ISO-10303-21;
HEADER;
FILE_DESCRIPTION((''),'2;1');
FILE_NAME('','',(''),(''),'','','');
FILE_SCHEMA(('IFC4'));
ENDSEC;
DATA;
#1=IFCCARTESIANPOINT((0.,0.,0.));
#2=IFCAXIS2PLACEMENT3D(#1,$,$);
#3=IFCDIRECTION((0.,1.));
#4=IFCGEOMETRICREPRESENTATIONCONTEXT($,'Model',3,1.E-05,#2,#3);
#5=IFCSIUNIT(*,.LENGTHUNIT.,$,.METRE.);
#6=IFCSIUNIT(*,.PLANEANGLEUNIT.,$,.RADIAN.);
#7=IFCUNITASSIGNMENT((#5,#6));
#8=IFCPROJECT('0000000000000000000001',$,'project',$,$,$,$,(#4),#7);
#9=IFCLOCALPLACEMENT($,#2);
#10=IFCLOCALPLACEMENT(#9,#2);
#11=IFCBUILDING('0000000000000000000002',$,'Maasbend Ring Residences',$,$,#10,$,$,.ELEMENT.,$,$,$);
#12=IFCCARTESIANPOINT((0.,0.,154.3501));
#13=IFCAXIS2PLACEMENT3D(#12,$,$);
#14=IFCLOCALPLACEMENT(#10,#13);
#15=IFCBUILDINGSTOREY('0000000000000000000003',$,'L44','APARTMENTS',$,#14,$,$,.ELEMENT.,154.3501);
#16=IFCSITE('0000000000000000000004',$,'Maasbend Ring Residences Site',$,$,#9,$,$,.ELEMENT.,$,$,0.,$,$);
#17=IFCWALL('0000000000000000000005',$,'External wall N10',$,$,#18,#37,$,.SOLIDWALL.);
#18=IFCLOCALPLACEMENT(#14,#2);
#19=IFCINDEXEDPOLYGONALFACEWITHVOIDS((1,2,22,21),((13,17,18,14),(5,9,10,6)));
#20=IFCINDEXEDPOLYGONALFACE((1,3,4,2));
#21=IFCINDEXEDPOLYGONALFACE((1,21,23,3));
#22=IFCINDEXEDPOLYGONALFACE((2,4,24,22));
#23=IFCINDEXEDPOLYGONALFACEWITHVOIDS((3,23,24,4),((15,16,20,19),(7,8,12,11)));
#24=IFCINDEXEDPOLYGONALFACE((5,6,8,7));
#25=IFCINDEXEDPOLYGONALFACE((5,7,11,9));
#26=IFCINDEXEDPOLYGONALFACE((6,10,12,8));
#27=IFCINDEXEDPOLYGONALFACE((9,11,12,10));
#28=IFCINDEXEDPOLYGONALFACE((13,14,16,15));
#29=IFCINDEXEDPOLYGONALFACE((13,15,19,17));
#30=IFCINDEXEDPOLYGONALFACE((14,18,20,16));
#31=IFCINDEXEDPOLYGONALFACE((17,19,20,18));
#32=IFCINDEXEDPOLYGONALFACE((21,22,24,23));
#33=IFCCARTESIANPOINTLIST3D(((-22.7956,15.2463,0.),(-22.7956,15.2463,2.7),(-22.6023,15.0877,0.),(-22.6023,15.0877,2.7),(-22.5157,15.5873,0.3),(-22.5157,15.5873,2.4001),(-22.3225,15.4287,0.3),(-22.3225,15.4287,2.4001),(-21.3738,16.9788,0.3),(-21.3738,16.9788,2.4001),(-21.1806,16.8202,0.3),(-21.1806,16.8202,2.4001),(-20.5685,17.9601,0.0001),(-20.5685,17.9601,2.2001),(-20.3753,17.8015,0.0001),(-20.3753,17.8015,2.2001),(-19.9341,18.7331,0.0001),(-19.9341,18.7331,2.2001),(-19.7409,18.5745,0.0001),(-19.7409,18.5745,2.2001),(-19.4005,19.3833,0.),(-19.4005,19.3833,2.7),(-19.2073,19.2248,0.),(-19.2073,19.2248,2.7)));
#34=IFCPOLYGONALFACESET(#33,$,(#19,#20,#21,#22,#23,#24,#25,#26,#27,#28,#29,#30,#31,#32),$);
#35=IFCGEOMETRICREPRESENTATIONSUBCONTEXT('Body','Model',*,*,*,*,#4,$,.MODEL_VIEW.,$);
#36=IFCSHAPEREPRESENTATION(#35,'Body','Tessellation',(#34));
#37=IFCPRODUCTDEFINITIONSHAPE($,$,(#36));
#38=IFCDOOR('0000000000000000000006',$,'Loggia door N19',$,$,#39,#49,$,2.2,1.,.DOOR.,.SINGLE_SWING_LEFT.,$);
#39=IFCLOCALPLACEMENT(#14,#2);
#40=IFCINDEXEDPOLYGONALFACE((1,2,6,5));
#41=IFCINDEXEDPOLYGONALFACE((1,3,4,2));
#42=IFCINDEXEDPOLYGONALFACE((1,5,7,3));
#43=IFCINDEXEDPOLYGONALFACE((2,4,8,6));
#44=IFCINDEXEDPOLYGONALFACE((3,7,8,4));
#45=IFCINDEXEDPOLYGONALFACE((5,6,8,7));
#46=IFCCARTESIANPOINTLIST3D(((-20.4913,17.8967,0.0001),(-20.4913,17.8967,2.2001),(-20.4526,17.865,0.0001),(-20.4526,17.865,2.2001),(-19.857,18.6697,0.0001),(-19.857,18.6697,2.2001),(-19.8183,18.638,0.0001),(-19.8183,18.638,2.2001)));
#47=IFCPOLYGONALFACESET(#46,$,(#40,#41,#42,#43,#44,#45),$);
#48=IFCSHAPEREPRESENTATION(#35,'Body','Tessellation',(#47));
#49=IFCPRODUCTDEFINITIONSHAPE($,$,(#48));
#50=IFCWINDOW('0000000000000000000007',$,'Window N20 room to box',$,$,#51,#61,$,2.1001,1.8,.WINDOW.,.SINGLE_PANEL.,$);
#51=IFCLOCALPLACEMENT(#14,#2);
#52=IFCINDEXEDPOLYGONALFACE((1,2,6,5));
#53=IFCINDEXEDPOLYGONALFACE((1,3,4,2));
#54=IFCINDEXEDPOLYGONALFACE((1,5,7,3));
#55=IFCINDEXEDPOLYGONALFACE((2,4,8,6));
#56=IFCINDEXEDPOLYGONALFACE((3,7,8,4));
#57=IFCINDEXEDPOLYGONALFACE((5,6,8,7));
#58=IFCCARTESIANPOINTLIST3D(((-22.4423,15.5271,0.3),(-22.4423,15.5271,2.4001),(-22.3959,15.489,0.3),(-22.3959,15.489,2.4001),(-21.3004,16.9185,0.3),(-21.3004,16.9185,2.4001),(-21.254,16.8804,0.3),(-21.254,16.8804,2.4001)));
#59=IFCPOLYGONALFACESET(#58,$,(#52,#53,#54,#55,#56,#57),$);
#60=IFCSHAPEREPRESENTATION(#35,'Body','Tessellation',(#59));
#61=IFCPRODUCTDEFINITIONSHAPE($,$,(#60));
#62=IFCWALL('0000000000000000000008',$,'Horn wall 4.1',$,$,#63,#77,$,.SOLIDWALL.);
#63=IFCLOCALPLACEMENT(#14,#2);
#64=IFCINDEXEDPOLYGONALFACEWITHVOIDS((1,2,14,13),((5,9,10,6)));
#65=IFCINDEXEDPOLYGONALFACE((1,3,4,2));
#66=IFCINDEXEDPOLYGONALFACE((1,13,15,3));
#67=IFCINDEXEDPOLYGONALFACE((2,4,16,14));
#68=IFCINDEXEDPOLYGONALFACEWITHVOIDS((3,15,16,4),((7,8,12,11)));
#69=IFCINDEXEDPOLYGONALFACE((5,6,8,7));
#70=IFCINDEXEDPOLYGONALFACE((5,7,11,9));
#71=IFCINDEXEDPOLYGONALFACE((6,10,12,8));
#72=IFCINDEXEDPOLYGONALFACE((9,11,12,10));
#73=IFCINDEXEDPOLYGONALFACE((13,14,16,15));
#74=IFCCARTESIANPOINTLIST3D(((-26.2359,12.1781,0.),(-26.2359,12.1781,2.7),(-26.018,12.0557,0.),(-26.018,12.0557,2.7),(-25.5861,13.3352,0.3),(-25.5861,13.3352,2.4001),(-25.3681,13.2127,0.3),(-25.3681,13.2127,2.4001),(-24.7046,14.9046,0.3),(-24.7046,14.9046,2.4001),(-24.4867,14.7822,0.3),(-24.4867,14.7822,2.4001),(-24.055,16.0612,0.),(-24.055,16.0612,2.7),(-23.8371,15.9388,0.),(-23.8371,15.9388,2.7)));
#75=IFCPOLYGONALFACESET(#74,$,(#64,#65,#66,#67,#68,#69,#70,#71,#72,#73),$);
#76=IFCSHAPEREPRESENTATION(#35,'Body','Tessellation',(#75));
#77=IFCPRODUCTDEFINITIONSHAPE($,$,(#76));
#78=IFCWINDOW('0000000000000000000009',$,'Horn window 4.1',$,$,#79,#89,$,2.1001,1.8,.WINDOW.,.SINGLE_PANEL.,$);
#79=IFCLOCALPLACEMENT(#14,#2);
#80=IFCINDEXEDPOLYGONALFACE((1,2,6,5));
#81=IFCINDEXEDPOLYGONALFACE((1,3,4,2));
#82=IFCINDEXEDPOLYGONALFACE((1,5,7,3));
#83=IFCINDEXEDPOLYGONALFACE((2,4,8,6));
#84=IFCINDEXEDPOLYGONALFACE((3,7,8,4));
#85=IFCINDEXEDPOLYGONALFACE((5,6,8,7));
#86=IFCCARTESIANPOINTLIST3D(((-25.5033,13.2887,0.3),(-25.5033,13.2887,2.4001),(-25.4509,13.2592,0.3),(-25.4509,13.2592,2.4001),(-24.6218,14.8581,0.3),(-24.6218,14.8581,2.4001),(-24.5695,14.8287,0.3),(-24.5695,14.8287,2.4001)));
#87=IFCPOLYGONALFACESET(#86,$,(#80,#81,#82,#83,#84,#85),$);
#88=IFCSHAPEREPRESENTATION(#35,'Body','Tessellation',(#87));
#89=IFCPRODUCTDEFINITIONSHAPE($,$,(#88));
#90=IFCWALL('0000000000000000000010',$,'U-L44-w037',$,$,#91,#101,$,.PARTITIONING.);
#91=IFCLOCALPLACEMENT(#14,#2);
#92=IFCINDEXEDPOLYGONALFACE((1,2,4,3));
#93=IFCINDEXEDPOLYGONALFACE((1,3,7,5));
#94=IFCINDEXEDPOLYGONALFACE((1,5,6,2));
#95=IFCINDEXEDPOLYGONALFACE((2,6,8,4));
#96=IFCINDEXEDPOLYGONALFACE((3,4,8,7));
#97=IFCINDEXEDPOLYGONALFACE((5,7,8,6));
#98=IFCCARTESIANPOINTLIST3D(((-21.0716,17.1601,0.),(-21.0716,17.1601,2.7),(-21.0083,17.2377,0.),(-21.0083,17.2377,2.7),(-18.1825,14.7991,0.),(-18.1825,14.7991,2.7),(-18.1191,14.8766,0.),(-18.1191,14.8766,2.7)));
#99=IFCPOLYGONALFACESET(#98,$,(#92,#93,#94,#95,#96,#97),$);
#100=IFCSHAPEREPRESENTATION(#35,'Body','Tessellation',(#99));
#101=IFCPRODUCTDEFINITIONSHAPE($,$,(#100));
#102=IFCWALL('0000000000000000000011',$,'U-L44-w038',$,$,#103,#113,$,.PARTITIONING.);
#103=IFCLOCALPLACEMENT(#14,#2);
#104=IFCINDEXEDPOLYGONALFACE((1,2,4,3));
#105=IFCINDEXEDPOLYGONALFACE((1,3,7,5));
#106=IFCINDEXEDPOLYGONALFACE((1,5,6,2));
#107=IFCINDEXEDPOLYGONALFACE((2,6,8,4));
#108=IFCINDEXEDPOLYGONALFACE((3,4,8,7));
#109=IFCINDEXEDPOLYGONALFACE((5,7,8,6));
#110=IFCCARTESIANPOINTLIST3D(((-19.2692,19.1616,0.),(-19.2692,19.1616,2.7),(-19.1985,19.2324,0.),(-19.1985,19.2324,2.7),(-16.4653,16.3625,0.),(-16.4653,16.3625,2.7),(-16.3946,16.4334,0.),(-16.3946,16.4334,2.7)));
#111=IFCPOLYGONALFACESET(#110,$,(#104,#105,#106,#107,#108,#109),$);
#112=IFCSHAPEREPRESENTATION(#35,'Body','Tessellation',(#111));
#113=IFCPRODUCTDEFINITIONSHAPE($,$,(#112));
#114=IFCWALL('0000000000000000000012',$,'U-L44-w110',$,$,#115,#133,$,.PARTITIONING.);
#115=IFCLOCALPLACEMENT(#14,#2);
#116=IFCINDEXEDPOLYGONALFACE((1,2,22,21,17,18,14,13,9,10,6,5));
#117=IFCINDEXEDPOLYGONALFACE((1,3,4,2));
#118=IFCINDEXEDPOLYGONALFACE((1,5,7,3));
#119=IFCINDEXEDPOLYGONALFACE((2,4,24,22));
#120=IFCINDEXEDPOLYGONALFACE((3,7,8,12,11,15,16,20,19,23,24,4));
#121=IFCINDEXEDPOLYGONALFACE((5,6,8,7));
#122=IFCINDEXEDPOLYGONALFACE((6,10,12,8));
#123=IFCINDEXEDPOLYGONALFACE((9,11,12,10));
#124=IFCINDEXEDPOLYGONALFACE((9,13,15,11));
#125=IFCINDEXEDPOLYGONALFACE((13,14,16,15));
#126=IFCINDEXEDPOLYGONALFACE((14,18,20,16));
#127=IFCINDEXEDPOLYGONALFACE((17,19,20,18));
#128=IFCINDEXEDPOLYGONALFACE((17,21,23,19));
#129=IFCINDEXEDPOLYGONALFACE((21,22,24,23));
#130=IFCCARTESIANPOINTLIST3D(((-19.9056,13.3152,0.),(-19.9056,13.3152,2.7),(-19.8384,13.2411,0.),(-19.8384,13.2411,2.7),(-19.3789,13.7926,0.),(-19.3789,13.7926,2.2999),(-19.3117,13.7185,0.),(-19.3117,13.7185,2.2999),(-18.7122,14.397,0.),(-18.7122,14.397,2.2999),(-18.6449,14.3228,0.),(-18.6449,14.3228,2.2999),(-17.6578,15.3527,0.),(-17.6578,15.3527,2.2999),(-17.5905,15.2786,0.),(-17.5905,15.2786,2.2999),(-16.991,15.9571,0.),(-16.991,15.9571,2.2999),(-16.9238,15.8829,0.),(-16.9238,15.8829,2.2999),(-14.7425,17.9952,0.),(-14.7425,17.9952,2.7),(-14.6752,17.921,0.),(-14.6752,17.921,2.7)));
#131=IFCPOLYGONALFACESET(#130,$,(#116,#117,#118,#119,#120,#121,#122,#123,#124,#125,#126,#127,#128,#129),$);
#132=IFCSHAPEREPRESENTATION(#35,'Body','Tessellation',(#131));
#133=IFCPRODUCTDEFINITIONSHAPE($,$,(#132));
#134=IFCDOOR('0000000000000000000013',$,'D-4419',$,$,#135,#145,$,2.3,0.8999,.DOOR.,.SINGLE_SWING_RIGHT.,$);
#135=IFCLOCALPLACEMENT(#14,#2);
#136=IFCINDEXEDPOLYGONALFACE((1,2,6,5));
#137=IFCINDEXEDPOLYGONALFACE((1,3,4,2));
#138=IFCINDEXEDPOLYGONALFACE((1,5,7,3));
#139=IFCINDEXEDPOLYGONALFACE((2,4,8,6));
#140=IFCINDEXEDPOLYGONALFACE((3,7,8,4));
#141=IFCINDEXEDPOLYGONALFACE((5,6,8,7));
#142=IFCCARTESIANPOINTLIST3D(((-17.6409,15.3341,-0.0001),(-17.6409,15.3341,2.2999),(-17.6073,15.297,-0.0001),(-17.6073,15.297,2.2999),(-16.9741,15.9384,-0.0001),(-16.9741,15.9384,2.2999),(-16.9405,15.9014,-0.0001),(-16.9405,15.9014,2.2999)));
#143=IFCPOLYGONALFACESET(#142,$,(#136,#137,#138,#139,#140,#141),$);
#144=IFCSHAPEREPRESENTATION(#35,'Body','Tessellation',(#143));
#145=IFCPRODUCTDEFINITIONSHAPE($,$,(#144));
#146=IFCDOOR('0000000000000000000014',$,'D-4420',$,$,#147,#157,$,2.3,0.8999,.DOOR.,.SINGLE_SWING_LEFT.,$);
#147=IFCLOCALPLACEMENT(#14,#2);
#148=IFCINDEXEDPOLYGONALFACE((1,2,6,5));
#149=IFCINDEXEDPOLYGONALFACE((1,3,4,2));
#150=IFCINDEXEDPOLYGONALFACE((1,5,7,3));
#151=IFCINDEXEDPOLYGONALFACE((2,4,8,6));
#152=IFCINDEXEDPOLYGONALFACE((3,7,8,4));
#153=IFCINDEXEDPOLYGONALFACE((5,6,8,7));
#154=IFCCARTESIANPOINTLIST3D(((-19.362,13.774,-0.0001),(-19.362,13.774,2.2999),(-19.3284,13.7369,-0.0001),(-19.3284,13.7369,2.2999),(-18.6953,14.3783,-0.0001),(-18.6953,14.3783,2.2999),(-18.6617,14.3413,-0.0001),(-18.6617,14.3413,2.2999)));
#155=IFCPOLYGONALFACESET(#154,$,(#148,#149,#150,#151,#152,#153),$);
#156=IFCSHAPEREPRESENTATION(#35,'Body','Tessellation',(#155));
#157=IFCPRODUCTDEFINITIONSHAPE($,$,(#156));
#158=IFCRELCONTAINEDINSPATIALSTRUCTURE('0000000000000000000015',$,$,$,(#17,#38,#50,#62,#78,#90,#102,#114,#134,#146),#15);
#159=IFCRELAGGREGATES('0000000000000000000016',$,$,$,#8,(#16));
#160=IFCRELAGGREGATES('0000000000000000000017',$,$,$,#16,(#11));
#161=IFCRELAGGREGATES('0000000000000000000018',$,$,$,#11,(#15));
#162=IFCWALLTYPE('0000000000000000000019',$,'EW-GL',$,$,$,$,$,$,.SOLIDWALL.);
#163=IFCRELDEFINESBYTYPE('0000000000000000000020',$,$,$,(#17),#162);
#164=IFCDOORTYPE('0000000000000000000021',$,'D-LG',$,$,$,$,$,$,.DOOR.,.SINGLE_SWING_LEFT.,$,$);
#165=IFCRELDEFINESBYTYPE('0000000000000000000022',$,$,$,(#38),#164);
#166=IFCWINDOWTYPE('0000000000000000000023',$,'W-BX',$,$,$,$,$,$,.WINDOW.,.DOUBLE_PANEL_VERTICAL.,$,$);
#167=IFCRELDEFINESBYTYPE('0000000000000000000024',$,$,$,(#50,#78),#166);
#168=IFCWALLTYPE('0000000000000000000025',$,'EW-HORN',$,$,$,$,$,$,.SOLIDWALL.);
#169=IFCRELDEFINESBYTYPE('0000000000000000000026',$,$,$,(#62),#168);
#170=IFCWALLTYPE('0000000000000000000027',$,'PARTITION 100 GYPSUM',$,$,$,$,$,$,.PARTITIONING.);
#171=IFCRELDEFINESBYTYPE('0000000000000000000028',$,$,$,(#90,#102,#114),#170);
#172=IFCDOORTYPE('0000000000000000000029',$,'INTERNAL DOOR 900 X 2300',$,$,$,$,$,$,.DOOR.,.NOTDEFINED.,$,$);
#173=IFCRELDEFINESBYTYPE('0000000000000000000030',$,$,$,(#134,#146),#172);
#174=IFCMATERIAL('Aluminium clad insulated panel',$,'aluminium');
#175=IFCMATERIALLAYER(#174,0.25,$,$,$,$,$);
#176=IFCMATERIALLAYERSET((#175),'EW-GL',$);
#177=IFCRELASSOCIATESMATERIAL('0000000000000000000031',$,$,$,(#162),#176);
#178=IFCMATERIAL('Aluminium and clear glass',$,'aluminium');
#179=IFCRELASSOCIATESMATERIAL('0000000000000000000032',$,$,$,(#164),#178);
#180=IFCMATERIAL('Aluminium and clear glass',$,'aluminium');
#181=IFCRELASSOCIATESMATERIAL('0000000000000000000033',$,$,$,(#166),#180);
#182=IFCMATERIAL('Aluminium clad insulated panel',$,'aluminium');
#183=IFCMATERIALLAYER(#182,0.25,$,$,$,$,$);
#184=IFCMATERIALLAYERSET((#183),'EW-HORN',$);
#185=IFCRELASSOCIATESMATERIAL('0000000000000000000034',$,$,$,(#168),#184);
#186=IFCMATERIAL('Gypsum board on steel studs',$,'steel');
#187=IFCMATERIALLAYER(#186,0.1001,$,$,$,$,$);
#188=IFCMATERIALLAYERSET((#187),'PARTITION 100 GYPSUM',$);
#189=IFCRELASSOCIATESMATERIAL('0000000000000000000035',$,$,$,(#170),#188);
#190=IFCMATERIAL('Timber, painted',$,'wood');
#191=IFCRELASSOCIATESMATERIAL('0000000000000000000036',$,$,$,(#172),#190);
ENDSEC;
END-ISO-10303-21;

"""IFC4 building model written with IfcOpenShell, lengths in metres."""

from ifc_helpers import new_model, si_unit, direction, frame, frame_2d, origin, place, context, subcontext, project, spatial, rectangle, extrude, material, layer, layer_set, type_object, element, fill, save


model = new_model("IFC4")

# Units and contexts
model_context = context("Model", 3, precision=1e-05, world=origin(), true_north=direction((0.0, 1.0)))
body_context = subcontext(model_context, "Body", "Model", "MODEL_VIEW")
ifc_project = project(units=[si_unit("LENGTHUNIT", "METRE"), si_unit("PLANEANGLEUNIT", "RADIAN")], contexts=[model_context])

# Site, building, storey
site_placement = place(None, origin())
site = spatial("IfcSite", under=ifc_project, at=site_placement, Name="Maasbend Ring Residences Site", CompositionType="ELEMENT", RefElevation=0.0)
building_placement = place(site_placement, origin())
building = spatial("IfcBuilding", under=site, at=building_placement, Name="Maasbend Ring Residences", CompositionType="ELEMENT")
storey_placement = place(building_placement, frame((0.0, 0.0, 154.3501)))
storey = spatial("IfcBuildingStorey", under=building, at=storey_placement, Name="L44", Description="APARTMENTS", CompositionType="ELEMENT", Elevation=154.3501)

# Wall, openings, door, window
ifc_material_1 = material(Name="Aluminium clad insulated panel", Category="aluminium")
ifc_layer_1 = layer(ifc_material_1, 0.25)
ifc_layer_set_1 = layer_set([ifc_layer_1], Name="EW-GL")
wall_type_1 = type_object("IfcWallType", Name="EW-GL", PredefinedType="SOLIDWALL", material=ifc_layer_set_1)
wall_1_placement = place(storey_placement, frame((-19.304, 19.304, 0.0), z_axis=(0.0, 0.0, 1.0), x_axis=(-0.634382, -0.773019, 0.0)))
wall_1 = element("IfcWall", 1, at=wall_1_placement, inside=storey, type_object=wall_type_1, Name="External wall N10", PredefinedType="SOLIDWALL", context=body_context, shape_type="SweptSolid", body=[
    extrude(rectangle(XDim=5.3518, YDim=0.25, at=frame_2d((2.6758, 0.0))), origin(), (0.0, 0.0, 1.0), 2.7),
])
opening_1_placement = place(wall_1_placement, frame((0.8411, 0.0, 0.0)))
opening_1 = element("IfcOpeningElement", 2, at=opening_1_placement, cuts=wall_1, PredefinedType="OPENING", context=body_context, shape_type="SweptSolid", body=[
    extrude(rectangle(XDim=1.0, YDim=2.2, at=frame_2d((0.5, 1.1001))), frame((0.0, 0.135, 0.0), z_axis=(0.0, -1.0, 0.0), x_axis=(1.0, 0.0, 0.0)), (0.0, 0.0, 1.0), 0.27),
])
opening_2_placement = place(wall_1_placement, frame((3.1106, 0.0, 0.3)))
opening_2 = element("IfcOpeningElement", 3, at=opening_2_placement, cuts=wall_1, PredefinedType="OPENING", context=body_context, shape_type="SweptSolid", body=[
    extrude(rectangle(XDim=1.8, YDim=2.1001, at=frame_2d((0.8999, 1.05))), frame((0.0, 0.135, 0.0), z_axis=(0.0, -1.0, 0.0), x_axis=(1.0, 0.0, 0.0)), (0.0, 0.0, 1.0), 0.27),
])
ifc_material_2 = material(Name="Aluminium and clear glass", Category="aluminium")
door_type_1 = type_object("IfcDoorType", Name="D-LG", OperationType="SINGLE_SWING_LEFT", PredefinedType="DOOR", material=ifc_material_2)
door_1_placement = place(opening_1_placement, origin())
door_1 = element("IfcDoor", 4, at=door_1_placement, inside=storey, type_object=door_type_1, Name="Loggia door N19", OperationType="SINGLE_SWING_LEFT", OverallHeight=2.2, OverallWidth=1.0, PredefinedType="DOOR", context=body_context, shape_type="SweptSolid", body=[
    extrude(rectangle(XDim=1.0, YDim=2.2, at=frame_2d((0.5, 1.1001))), frame((0.0, 0.0249, 0.0), z_axis=(0.0, -1.0, 0.0), x_axis=(1.0, 0.0, 0.0)), (0.0, 0.0, 1.0), 0.05),
])
fill(opening_1, door_1)
ifc_material_3 = material(Name="Aluminium and clear glass", Category="aluminium")
window_type_1 = type_object("IfcWindowType", Name="W-BX", PartitioningType="DOUBLE_PANEL_VERTICAL", PredefinedType="WINDOW", material=ifc_material_3)
window_1_placement = place(opening_2_placement, origin())
window_1 = element("IfcWindow", 5, at=window_1_placement, inside=storey, type_object=window_type_1, Name="Window N20 room to box", OverallHeight=2.1001, OverallWidth=1.8, PartitioningType="SINGLE_PANEL", PredefinedType="WINDOW", context=body_context, shape_type="SweptSolid", body=[
    extrude(rectangle(XDim=1.8, YDim=2.1001, at=frame_2d((0.8999, 1.05))), frame((0.0, 0.03, 0.0), z_axis=(0.0, -1.0, 0.0), x_axis=(1.0, 0.0, 0.0)), (0.0, 0.0, 1.0), 0.0601),
])
fill(opening_2, window_1)

# Wall, opening, window
ifc_material_4 = material(Name="Aluminium clad insulated panel", Category="aluminium")
ifc_layer_2 = layer(ifc_material_4, 0.25)
ifc_layer_set_2 = layer_set([ifc_layer_2], Name="EW-HORN")
wall_type_2 = type_object("IfcWallType", Name="EW-HORN", PredefinedType="SOLIDWALL", material=ifc_layer_set_2)
wall_2_placement = place(storey_placement, frame((-23.946, 16.0, 0.0), z_axis=(0.0, 0.0, 1.0), x_axis=(-0.489696, -0.871893, 0.0)))
wall_2 = element("IfcWall", 6, at=wall_2_placement, inside=storey, type_object=wall_type_2, Name="Horn wall 4.1", PredefinedType="SOLIDWALL", context=body_context, shape_type="SweptSolid", body=[
    extrude(rectangle(XDim=4.4536, YDim=0.25, at=frame_2d((2.2268, 0.0))), origin(), (0.0, 0.0, 1.0), 2.7),
])
opening_3_placement = place(wall_2_placement, frame((1.3267, 0.0, 0.3)))
opening_3 = element("IfcOpeningElement", 7, at=opening_3_placement, cuts=wall_2, PredefinedType="OPENING", context=body_context, shape_type="SweptSolid", body=[
    extrude(rectangle(XDim=1.8, YDim=2.1001, at=frame_2d((0.8999, 1.05))), frame((0.0, 0.135, 0.0), z_axis=(0.0, -1.0, 0.0), x_axis=(1.0, 0.0, 0.0)), (0.0, 0.0, 1.0), 0.27),
])
window_2_placement = place(opening_3_placement, origin())
window_2 = element("IfcWindow", 8, at=window_2_placement, inside=storey, type_object=window_type_1, Name="Horn window 4.1", OverallHeight=2.1001, OverallWidth=1.8, PartitioningType="SINGLE_PANEL", PredefinedType="WINDOW", context=body_context, shape_type="SweptSolid", body=[
    extrude(rectangle(XDim=1.8, YDim=2.1001, at=frame_2d((0.8999, 1.05))), frame((0.0, 0.03, 0.0), z_axis=(0.0, -1.0, 0.0), x_axis=(1.0, 0.0, 0.0)), (0.0, 0.0, 1.0), 0.0601),
])
fill(opening_3, window_2)

# Walls
ifc_material_5 = material(Name="Gypsum board on steel studs", Category="steel")
ifc_layer_3 = layer(ifc_material_5, 0.1001)
ifc_layer_set_3 = layer_set([ifc_layer_3], Name="PARTITION 100 GYPSUM")
wall_type_3 = type_object("IfcWallType", Name="PARTITION 100 GYPSUM", PredefinedType="PARTITIONING", material=ifc_layer_set_3)
wall_3_placement = place(storey_placement, frame((-21.04, 17.199, 0.0), z_axis=(0.0, 0.0, 1.0), x_axis=(0.774322, -0.632792, 0.0)))
element("IfcWall", 9, at=wall_3_placement, inside=storey, type_object=wall_type_3, Name="U-L44-w037", PredefinedType="PARTITIONING", context=body_context, shape_type="SweptSolid", body=[
    extrude(rectangle(XDim=3.7312, YDim=0.1001, at=frame_2d((1.8657, 0.0))), origin(), (0.0, 0.0, 1.0), 2.7),
])
wall_4_placement = place(storey_placement, frame((-19.2339, 19.197, 0.0), z_axis=(0.0, 0.0, 1.0), x_axis=(0.707723, -0.70649, 0.0)))
element("IfcWall", 10, at=wall_4_placement, inside=storey, type_object=wall_type_3, Name="U-L44-w038", PredefinedType="PARTITIONING", context=body_context, shape_type="SweptSolid", body=[
    extrude(rectangle(XDim=3.9619, YDim=0.1001, at=frame_2d((1.981, 0.0))), origin(), (0.0, 0.0, 1.0), 2.7),
])

# Wall, openings, doors
wall_5_placement = place(storey_placement, frame((-19.8721, 13.2781, 0.0), z_axis=(0.0, 0.0, 1.0), x_axis=(0.740924, 0.671589, 0.0)))
wall_5 = element("IfcWall", 11, at=wall_5_placement, inside=storey, type_object=wall_type_3, Name="U-L44-w110", PredefinedType="PARTITIONING", context=body_context, shape_type="SweptSolid", body=[
    extrude(rectangle(XDim=6.9685, YDim=0.1001, at=frame_2d((3.4844, 0.0))), origin(), (0.0, 0.0, 1.0), 2.7),
])
opening_4_placement = place(wall_5_placement, frame((3.0339, 0.0, 0.0)))
opening_4 = element("IfcOpeningElement", 12, at=opening_4_placement, cuts=wall_5, PredefinedType="OPENING", context=body_context, shape_type="SweptSolid", body=[
    extrude(rectangle(XDim=0.8999, YDim=2.3, at=frame_2d((0.45, 1.1499))), frame((0.0, 0.0601, 0.0), z_axis=(0.0, -1.0, 0.0), x_axis=(1.0, 0.0, 0.0)), (0.0, 0.0, 1.0), 0.1201),
])
opening_5_placement = place(wall_5_placement, frame((0.7109, 0.0, 0.0)))
opening_5 = element("IfcOpeningElement", 13, at=opening_5_placement, cuts=wall_5, PredefinedType="OPENING", context=body_context, shape_type="SweptSolid", body=[
    extrude(rectangle(XDim=0.8999, YDim=2.3, at=frame_2d((0.45, 1.1499))), frame((0.0, 0.0601, 0.0), z_axis=(0.0, -1.0, 0.0), x_axis=(1.0, 0.0, 0.0)), (0.0, 0.0, 1.0), 0.1201),
])
ifc_material_6 = material(Name="Timber, painted", Category="wood")
door_type_2 = type_object("IfcDoorType", Name="INTERNAL DOOR 900 X 2300", OperationType="NOTDEFINED", PredefinedType="DOOR", material=ifc_material_6)
door_2_placement = place(opening_4_placement, origin())
door_2 = element("IfcDoor", 14, at=door_2_placement, inside=storey, type_object=door_type_2, Name="D-4419", OperationType="SINGLE_SWING_RIGHT", OverallHeight=2.3, OverallWidth=0.8999, PredefinedType="DOOR", context=body_context, shape_type="SweptSolid", body=[
    extrude(rectangle(XDim=0.8999, YDim=2.3, at=frame_2d((0.45, 1.1499))), frame((0.0, 0.0249, 0.0), z_axis=(0.0, -1.0, 0.0), x_axis=(1.0, 0.0, 0.0)), (0.0, 0.0, 1.0), 0.05),
])
fill(opening_4, door_2)
door_3_placement = place(opening_5_placement, origin())
door_3 = element("IfcDoor", 15, at=door_3_placement, inside=storey, type_object=door_type_2, Name="D-4420", OperationType="SINGLE_SWING_LEFT", OverallHeight=2.3, OverallWidth=0.8999, PredefinedType="DOOR", context=body_context, shape_type="SweptSolid", body=[
    extrude(rectangle(XDim=0.8999, YDim=2.3, at=frame_2d((0.45, 1.1499))), frame((0.0, 0.0249, 0.0), z_axis=(0.0, -1.0, 0.0), x_axis=(1.0, 0.0, 0.0)), (0.0, 0.0, 1.0), 0.05),
])
fill(opening_5, door_3)

save(model, "model.ifc")
